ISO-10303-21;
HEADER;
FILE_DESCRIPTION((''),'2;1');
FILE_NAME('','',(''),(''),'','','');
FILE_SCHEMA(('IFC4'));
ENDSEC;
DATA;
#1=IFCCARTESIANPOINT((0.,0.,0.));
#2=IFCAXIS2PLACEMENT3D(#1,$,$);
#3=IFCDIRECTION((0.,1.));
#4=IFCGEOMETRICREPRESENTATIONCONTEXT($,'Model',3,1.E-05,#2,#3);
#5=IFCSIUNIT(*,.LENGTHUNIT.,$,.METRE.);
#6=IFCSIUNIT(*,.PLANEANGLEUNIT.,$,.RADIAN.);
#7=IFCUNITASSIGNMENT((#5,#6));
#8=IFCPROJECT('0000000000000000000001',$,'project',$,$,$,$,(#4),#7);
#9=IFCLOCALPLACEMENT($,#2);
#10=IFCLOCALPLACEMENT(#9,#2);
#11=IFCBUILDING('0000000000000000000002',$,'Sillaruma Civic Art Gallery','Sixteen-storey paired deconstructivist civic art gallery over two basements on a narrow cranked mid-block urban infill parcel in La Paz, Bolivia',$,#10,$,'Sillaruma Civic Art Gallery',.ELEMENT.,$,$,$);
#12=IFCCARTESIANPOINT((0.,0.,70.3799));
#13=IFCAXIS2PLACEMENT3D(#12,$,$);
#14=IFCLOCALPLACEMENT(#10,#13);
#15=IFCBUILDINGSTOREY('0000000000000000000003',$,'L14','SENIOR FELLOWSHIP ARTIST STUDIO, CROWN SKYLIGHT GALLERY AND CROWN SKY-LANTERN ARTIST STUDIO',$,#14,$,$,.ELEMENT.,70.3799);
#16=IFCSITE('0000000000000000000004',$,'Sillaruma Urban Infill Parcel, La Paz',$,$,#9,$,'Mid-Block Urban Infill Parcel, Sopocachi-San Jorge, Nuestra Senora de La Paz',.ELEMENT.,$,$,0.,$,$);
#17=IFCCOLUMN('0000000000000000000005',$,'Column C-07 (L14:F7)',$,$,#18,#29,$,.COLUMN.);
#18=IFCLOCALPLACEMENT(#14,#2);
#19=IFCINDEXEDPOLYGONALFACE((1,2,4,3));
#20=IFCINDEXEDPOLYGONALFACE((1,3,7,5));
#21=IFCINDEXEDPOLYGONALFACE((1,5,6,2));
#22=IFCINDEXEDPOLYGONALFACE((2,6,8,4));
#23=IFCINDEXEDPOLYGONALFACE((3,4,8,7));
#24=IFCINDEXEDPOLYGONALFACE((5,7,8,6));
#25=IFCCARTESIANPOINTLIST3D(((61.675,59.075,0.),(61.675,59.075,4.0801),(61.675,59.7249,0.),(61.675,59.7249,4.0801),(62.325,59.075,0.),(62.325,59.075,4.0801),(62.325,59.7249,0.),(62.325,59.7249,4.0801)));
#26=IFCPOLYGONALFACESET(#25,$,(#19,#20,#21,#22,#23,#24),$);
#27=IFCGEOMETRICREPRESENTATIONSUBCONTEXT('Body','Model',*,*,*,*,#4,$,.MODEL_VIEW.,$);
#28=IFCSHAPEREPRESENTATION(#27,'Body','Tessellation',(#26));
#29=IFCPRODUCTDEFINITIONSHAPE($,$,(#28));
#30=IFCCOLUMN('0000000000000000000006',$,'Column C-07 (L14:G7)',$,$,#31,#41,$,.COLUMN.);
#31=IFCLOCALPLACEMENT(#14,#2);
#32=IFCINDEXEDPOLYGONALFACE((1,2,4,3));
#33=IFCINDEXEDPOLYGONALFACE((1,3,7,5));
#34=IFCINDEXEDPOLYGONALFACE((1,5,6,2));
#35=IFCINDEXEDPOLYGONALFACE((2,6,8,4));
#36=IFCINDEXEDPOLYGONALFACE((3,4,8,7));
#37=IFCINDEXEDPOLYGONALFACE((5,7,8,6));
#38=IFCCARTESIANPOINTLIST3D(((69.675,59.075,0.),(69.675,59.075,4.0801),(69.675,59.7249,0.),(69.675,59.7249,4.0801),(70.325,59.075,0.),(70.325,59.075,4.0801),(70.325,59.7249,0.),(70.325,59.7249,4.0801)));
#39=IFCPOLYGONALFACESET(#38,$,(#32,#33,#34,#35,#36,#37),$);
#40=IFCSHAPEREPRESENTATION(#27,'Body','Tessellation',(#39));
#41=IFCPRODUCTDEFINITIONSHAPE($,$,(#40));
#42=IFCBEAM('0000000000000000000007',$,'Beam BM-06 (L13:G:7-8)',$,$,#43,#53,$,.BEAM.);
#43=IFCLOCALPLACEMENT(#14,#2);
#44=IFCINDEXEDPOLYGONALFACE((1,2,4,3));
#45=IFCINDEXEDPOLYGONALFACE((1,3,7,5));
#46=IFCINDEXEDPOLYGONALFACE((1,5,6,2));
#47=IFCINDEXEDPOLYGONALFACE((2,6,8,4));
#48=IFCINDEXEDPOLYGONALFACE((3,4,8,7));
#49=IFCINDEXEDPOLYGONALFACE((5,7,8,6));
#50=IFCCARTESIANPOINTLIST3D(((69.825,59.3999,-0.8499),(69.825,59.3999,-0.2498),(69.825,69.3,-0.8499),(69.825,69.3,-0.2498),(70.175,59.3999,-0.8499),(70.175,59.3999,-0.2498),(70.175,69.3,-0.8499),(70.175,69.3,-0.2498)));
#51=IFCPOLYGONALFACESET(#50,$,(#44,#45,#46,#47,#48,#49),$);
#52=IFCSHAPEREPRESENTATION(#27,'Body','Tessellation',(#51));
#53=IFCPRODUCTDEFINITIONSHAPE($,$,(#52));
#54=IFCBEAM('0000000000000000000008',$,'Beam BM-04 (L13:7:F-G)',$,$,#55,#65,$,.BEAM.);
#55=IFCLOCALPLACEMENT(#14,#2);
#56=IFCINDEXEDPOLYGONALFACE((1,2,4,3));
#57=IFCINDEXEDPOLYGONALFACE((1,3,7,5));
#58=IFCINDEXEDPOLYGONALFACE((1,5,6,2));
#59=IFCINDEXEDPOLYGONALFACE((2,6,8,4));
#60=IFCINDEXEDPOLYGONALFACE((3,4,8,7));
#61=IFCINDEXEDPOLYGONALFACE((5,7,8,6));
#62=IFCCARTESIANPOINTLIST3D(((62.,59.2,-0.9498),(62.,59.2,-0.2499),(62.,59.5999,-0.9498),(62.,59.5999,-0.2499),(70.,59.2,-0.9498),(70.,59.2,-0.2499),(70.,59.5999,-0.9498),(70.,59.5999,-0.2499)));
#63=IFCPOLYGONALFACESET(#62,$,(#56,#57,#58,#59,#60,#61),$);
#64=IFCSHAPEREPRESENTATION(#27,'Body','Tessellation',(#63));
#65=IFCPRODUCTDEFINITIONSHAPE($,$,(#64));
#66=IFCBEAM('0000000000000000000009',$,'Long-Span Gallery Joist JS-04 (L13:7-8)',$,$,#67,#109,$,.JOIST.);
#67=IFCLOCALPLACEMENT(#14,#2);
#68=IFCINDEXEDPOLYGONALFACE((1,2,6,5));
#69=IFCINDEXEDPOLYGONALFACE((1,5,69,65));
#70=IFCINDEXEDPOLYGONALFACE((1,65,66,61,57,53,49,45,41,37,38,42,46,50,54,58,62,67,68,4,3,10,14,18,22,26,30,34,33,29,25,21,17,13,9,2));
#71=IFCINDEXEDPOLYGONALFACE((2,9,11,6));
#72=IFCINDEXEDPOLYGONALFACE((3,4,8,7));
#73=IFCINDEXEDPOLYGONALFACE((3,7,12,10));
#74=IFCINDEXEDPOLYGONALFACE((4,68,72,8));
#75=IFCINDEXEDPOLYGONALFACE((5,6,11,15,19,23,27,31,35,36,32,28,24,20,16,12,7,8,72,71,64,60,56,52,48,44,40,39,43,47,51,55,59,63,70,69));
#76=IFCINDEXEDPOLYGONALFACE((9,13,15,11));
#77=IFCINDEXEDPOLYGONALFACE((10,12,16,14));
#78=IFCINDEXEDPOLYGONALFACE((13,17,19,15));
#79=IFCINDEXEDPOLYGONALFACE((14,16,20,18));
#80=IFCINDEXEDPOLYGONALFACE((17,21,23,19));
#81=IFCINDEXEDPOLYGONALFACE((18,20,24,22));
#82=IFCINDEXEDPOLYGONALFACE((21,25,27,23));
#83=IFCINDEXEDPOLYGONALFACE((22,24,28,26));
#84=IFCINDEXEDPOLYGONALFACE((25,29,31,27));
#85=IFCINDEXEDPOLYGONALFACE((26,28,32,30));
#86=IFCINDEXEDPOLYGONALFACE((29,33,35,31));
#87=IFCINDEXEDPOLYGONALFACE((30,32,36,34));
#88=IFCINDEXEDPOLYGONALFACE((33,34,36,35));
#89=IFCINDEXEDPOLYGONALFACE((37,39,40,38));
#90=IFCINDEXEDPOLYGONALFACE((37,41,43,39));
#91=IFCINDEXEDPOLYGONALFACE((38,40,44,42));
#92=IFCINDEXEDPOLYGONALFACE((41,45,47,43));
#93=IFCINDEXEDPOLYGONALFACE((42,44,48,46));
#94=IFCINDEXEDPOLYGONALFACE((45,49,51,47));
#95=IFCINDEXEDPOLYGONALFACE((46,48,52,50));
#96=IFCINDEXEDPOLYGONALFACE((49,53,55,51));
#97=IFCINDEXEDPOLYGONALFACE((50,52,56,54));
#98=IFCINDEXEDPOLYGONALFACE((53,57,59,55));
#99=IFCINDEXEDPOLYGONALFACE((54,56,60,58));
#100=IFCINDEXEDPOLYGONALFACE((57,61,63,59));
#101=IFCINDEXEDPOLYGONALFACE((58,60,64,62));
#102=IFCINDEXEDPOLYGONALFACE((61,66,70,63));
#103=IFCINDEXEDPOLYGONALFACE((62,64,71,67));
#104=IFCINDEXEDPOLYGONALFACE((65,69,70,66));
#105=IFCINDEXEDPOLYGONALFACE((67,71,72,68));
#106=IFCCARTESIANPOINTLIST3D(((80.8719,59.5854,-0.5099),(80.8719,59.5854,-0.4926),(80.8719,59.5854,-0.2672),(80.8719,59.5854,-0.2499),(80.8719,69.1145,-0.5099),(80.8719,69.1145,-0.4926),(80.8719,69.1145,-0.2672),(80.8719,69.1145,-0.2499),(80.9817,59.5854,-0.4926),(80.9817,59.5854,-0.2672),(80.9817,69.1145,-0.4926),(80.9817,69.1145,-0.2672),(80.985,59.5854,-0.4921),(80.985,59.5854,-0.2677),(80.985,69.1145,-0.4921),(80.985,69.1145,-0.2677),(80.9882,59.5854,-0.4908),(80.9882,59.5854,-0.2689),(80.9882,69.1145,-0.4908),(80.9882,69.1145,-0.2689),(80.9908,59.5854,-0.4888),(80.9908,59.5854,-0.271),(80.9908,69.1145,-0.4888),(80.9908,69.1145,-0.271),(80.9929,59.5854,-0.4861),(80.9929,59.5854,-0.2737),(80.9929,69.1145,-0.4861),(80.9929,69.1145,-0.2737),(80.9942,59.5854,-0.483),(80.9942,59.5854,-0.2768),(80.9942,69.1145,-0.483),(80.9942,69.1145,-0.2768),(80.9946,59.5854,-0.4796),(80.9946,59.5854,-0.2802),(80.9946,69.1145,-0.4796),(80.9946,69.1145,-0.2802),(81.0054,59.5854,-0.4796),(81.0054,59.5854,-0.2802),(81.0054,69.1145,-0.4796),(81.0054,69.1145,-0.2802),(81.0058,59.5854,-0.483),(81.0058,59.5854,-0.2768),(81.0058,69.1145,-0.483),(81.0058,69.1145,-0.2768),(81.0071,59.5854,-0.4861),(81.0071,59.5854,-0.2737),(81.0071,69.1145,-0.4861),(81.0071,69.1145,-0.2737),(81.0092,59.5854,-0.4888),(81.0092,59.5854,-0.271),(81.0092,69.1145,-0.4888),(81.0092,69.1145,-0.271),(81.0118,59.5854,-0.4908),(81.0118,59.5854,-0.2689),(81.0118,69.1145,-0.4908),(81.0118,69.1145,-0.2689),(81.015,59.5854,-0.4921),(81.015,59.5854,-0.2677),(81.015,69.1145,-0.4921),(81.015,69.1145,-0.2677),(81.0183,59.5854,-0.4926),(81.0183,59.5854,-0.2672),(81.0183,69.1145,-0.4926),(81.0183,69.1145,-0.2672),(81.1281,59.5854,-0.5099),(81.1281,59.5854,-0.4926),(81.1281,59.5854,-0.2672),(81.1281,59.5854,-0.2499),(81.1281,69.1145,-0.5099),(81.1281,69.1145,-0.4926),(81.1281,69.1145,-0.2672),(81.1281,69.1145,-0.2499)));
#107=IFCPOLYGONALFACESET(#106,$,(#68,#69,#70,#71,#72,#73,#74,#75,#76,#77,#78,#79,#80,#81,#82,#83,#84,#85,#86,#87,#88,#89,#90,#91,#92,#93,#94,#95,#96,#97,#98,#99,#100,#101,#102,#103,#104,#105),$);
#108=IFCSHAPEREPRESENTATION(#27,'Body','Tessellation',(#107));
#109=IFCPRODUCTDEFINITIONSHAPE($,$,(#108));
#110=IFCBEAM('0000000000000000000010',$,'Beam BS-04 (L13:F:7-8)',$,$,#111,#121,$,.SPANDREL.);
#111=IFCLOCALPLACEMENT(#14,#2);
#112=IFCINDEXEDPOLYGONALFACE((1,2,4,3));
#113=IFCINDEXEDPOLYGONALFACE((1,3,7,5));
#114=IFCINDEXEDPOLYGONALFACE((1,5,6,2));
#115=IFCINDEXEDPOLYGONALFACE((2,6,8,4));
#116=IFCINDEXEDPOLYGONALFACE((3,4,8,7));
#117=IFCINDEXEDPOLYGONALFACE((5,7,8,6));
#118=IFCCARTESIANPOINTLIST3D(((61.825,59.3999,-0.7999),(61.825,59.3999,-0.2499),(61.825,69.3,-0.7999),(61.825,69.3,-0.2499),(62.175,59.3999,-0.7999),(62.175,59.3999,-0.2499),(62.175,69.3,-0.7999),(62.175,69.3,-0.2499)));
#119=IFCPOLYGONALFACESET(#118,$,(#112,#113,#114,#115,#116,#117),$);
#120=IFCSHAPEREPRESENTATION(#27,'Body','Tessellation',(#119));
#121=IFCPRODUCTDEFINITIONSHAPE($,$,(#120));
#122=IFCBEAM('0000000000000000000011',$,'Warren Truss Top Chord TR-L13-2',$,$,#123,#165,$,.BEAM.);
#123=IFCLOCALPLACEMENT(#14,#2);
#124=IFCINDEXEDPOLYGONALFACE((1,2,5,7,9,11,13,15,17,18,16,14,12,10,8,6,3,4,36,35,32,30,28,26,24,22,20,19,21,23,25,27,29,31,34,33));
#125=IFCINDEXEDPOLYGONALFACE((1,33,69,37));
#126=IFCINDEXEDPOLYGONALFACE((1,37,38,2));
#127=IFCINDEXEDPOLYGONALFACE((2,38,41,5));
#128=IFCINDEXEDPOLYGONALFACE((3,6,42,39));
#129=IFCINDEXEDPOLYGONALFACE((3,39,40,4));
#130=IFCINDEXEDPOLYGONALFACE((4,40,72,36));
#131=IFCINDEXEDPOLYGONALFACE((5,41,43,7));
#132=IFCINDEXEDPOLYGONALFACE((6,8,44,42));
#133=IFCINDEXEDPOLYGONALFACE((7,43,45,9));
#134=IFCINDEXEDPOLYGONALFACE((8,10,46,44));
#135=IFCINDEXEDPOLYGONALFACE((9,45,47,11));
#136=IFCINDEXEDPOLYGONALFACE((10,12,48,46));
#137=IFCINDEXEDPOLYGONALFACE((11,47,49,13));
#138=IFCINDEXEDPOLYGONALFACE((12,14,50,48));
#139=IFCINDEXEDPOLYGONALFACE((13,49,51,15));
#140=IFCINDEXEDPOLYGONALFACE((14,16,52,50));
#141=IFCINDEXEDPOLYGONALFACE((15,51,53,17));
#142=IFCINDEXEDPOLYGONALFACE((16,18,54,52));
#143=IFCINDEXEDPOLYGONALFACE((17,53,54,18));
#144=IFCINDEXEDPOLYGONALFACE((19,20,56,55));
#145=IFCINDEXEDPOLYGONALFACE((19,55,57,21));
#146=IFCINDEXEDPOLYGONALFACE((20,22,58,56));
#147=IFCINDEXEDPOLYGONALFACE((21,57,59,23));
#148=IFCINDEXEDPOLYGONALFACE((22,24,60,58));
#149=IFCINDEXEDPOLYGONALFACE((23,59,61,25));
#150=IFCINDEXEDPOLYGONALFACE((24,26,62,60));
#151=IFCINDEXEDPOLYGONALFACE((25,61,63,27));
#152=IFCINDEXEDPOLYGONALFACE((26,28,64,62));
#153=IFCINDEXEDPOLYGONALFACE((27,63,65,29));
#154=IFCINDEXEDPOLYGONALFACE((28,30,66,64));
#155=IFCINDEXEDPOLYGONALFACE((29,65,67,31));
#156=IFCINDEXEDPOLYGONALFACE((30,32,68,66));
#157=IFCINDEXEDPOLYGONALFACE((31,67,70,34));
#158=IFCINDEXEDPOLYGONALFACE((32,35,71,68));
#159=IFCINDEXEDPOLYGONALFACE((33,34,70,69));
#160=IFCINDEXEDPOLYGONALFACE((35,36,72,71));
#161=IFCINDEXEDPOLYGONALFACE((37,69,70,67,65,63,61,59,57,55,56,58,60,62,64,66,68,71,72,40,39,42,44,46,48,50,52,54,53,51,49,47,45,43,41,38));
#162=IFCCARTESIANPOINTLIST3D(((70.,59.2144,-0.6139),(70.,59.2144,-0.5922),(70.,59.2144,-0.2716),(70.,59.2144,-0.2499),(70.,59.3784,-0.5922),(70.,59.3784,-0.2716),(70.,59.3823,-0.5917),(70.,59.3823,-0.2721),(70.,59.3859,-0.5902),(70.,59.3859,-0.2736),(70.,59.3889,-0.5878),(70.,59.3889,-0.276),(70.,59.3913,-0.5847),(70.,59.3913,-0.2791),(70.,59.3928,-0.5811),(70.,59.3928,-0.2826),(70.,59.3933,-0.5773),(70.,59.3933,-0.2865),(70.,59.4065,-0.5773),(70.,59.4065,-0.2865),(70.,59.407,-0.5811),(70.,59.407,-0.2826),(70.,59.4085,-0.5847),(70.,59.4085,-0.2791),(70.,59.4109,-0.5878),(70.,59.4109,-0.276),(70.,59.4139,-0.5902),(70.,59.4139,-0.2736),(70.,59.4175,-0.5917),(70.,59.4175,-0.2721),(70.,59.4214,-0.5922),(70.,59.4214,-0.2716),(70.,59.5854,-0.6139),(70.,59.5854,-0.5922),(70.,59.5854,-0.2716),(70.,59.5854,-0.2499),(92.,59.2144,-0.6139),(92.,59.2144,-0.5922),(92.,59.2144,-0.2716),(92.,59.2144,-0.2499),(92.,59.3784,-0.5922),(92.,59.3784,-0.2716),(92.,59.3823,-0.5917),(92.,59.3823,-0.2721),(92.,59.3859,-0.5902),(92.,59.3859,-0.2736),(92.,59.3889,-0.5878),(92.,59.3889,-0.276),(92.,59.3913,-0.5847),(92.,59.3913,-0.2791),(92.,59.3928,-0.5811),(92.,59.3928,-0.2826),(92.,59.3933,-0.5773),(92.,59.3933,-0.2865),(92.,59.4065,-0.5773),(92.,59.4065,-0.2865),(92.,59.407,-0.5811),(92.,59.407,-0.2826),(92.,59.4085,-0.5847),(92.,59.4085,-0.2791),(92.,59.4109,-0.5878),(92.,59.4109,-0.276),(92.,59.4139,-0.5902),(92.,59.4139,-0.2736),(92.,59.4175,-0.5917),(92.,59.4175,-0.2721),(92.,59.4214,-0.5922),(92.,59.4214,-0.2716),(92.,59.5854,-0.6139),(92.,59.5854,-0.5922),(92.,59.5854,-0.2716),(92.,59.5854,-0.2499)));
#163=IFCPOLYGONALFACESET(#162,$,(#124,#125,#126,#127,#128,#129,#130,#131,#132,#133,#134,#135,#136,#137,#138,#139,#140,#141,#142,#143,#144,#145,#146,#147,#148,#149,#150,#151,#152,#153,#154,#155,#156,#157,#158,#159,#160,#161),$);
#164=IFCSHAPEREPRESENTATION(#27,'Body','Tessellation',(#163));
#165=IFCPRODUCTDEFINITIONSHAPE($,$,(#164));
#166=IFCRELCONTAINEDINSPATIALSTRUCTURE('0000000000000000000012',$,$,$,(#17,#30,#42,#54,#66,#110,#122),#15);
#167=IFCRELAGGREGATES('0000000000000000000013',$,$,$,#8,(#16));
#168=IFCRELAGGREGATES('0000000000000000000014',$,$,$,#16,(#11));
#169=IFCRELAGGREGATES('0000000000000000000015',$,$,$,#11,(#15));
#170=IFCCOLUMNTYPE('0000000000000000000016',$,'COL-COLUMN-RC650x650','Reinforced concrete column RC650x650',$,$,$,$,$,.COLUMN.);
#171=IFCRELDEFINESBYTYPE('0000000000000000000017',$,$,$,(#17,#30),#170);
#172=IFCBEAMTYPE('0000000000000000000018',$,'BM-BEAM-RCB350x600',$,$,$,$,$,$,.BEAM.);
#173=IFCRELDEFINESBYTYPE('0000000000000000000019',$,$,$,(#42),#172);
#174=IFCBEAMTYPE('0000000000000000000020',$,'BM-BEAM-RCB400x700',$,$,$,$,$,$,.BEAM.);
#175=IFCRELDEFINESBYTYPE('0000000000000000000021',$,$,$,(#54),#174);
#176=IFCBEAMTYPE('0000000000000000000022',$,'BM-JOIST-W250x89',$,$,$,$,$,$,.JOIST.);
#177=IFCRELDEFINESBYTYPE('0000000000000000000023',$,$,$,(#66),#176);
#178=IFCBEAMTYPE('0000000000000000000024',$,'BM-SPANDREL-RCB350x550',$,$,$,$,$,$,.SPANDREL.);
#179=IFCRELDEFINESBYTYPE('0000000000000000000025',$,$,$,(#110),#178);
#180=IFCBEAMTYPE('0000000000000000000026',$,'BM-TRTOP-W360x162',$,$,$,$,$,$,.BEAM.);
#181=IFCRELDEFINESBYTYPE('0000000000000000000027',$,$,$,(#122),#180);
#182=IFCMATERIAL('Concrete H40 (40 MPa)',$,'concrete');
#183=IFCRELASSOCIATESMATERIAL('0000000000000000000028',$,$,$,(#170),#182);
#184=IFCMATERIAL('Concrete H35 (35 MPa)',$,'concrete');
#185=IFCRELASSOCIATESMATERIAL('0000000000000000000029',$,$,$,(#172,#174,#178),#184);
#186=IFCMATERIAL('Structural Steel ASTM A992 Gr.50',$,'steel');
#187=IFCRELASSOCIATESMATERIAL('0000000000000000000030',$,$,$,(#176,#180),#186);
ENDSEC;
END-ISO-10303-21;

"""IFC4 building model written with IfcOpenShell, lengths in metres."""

from ifc_helpers import new_model, si_unit, direction, frame, origin, origin_2d, place, context, subcontext, project, spatial, rectangle, i_section, extrude, material, material_profile, profile_set, type_object, element, save


model = new_model("IFC4")

# Units and contexts
model_context = context("Model", 3, precision=1e-05, world=origin(), true_north=direction((0.0, 1.0)))
body_context = subcontext(model_context, "Body", "Model", "MODEL_VIEW")
ifc_project = project(units=[si_unit("LENGTHUNIT", "METRE"), si_unit("PLANEANGLEUNIT", "RADIAN")], contexts=[model_context])

# Site, building, storey
site_placement = place(None, origin())
site = spatial("IfcSite", under=ifc_project, at=site_placement, Name="Sillaruma Urban Infill Parcel, La Paz", LongName="Mid-Block Urban Infill Parcel, Sopocachi-San Jorge, Nuestra Senora de La Paz", CompositionType="ELEMENT", RefElevation=0.0)
building_placement = place(site_placement, origin())
building = spatial("IfcBuilding", under=site, at=building_placement, Name="Sillaruma Civic Art Gallery", Description="Sixteen-storey paired deconstructivist civic art gallery over two basements on a narrow cranked mid-block urban infill parcel in La Paz, Bolivia", LongName="Sillaruma Civic Art Gallery", CompositionType="ELEMENT")
storey_placement = place(building_placement, frame((0.0, 0.0, 70.3799)))
storey = spatial("IfcBuildingStorey", under=building, at=storey_placement, Name="L14", Description="SENIOR FELLOWSHIP ARTIST STUDIO, CROWN SKYLIGHT GALLERY AND CROWN SKY-LANTERN ARTIST STUDIO", CompositionType="ELEMENT", Elevation=70.3799)

# Columns
ifc_material_1 = material(Name="Concrete H40 (40 MPa)", Category="concrete")
ifc_material_profile_1 = material_profile(ifc_material_1, rectangle(XDim=0.6499, YDim=0.6499, at=origin_2d()), Name="RC650x650")
ifc_profile_set_1 = profile_set([ifc_material_profile_1], Name="Concrete H40 (40 MPa)")
column_type = type_object("IfcColumnType", Name="COL-COLUMN-RC650x650", Description="Reinforced concrete column RC650x650", PredefinedType="COLUMN", material=ifc_profile_set_1)
for number, where, z_axis, x_axis, name in (
    (1, (62.0, 59.3999, 0.0), (0.0, 0.0, 1.0), (1.0, 0.0, 0.0), "Column C-07 (L14:F7)"),
    (2, (70.0, 59.3999, 0.0), (0.0, 0.0, 1.0), (1.0, 0.0, 0.0), "Column C-07 (L14:G7)"),
):
    element("IfcColumn", number, at=place(storey_placement, frame(where, z_axis=z_axis, x_axis=x_axis)), inside=storey, type_object=column_type, Name=name, PredefinedType="COLUMN", context=body_context, shape_type="SweptSolid", body=[
        extrude(rectangle(XDim=0.6499, YDim=0.6499, at=origin_2d()), origin(), (0.0, 0.0, 1.0), 4.0801),
    ])

# Beams
ifc_material_2 = material(Name="Concrete H35 (35 MPa)", Category="concrete")
ifc_material_profile_2 = material_profile(ifc_material_2, rectangle(XDim=0.3501, YDim=0.6001, at=origin_2d()), Name="RCB350x600")
ifc_profile_set_2 = profile_set([ifc_material_profile_2], Name="Concrete H35 (35 MPa)")
beam_type_1 = type_object("IfcBeamType", Name="BM-BEAM-RCB350x600", PredefinedType="BEAM", material=ifc_profile_set_2)
beam_1_placement = place(storey_placement, frame((70.0, 59.3999, -0.5498), z_axis=(0.0, 1.0, 0.0), x_axis=(-1.0, 0.0, 0.0)))
element("IfcBeam", 3, at=beam_1_placement, inside=storey, type_object=beam_type_1, Name="Beam BM-06 (L13:G:7-8)", PredefinedType="BEAM", context=body_context, shape_type="SweptSolid", body=[
    extrude(rectangle(XDim=0.3501, YDim=0.6001, at=origin_2d()), origin(), (0.0, 0.0, 1.0), 9.9001),
])
ifc_material_profile_3 = material_profile(ifc_material_2, rectangle(XDim=0.3999, YDim=0.7, at=origin_2d()), Name="RCB400x700")
ifc_profile_set_3 = profile_set([ifc_material_profile_3], Name="Concrete H35 (35 MPa)")
beam_type_2 = type_object("IfcBeamType", Name="BM-BEAM-RCB400x700", PredefinedType="BEAM", material=ifc_profile_set_3)
beam_2_placement = place(storey_placement, frame((62.0, 59.3999, -0.5999), z_axis=(1.0, 0.0, 0.0), x_axis=(0.0, 1.0, 0.0)))
element("IfcBeam", 4, at=beam_2_placement, inside=storey, type_object=beam_type_2, Name="Beam BM-04 (L13:7:F-G)", PredefinedType="BEAM", context=body_context, shape_type="SweptSolid", body=[
    extrude(rectangle(XDim=0.3999, YDim=0.7, at=origin_2d()), origin(), (0.0, 0.0, 1.0), 8.0),
])
ifc_material_3 = material(Name="Structural Steel ASTM A992 Gr.50", Category="steel")
ifc_material_profile_4 = material_profile(ifc_material_3, i_section(OverallWidth=0.2561, OverallDepth=0.26, WebThickness=0.0107, FlangeThickness=0.0173, FilletRadius=0.0129, at=origin_2d()), Name="W250x89")
ifc_profile_set_4 = profile_set([ifc_material_profile_4], Name="Structural Steel ASTM A992 Gr.50")
beam_type_3 = type_object("IfcBeamType", Name="BM-JOIST-W250x89", PredefinedType="JOIST", material=ifc_profile_set_4)
beam_3_placement = place(storey_placement, frame((81.0, 59.5854, -0.3799), z_axis=(0.0, 1.0, 0.0), x_axis=(-1.0, 0.0, 0.0)))
element("IfcBeam", 5, at=beam_3_placement, inside=storey, type_object=beam_type_3, Name="Long-Span Gallery Joist JS-04 (L13:7-8)", PredefinedType="JOIST", context=body_context, shape_type="SweptSolid", body=[
    extrude(i_section(OverallWidth=0.2561, OverallDepth=0.26, WebThickness=0.0107, FlangeThickness=0.0173, FilletRadius=0.0129, at=origin_2d()), origin(), (0.0, 0.0, 1.0), 9.5291),
])
ifc_material_profile_5 = material_profile(ifc_material_2, rectangle(XDim=0.3501, YDim=0.55, at=origin_2d()), Name="RCB350x550")
ifc_profile_set_5 = profile_set([ifc_material_profile_5], Name="Concrete H35 (35 MPa)")
beam_type_4 = type_object("IfcBeamType", Name="BM-SPANDREL-RCB350x550", PredefinedType="SPANDREL", material=ifc_profile_set_5)
beam_4_placement = place(storey_placement, frame((62.0, 59.3999, -0.5249), z_axis=(0.0, 1.0, 0.0), x_axis=(-1.0, 0.0, 0.0)))
element("IfcBeam", 6, at=beam_4_placement, inside=storey, type_object=beam_type_4, Name="Beam BS-04 (L13:F:7-8)", PredefinedType="SPANDREL", context=body_context, shape_type="SweptSolid", body=[
    extrude(rectangle(XDim=0.3501, YDim=0.55, at=origin_2d()), origin(), (0.0, 0.0, 1.0), 9.9001),
])
ifc_material_profile_6 = material_profile(ifc_material_3, i_section(OverallWidth=0.3711, OverallDepth=0.364, WebThickness=0.0132, FlangeThickness=0.0217, FilletRadius=0.0149, at=origin_2d()), Name="W360x162")
ifc_profile_set_6 = profile_set([ifc_material_profile_6], Name="Structural Steel ASTM A992 Gr.50")
beam_type_5 = type_object("IfcBeamType", Name="BM-TRTOP-W360x162", PredefinedType="BEAM", material=ifc_profile_set_6)
beam_5_placement = place(storey_placement, frame((70.0, 59.3999, -0.4319), z_axis=(1.0, 0.0, 0.0), x_axis=(0.0, 1.0, 0.0)))
element("IfcBeam", 7, at=beam_5_placement, inside=storey, type_object=beam_type_5, Name="Warren Truss Top Chord TR-L13-2", PredefinedType="BEAM", context=body_context, shape_type="SweptSolid", body=[
    extrude(i_section(OverallWidth=0.3711, OverallDepth=0.364, WebThickness=0.0132, FlangeThickness=0.0217, FilletRadius=0.0149, at=origin_2d()), origin(), (0.0, 0.0, 1.0), 22.0),
])

save(model, "model.ifc")
